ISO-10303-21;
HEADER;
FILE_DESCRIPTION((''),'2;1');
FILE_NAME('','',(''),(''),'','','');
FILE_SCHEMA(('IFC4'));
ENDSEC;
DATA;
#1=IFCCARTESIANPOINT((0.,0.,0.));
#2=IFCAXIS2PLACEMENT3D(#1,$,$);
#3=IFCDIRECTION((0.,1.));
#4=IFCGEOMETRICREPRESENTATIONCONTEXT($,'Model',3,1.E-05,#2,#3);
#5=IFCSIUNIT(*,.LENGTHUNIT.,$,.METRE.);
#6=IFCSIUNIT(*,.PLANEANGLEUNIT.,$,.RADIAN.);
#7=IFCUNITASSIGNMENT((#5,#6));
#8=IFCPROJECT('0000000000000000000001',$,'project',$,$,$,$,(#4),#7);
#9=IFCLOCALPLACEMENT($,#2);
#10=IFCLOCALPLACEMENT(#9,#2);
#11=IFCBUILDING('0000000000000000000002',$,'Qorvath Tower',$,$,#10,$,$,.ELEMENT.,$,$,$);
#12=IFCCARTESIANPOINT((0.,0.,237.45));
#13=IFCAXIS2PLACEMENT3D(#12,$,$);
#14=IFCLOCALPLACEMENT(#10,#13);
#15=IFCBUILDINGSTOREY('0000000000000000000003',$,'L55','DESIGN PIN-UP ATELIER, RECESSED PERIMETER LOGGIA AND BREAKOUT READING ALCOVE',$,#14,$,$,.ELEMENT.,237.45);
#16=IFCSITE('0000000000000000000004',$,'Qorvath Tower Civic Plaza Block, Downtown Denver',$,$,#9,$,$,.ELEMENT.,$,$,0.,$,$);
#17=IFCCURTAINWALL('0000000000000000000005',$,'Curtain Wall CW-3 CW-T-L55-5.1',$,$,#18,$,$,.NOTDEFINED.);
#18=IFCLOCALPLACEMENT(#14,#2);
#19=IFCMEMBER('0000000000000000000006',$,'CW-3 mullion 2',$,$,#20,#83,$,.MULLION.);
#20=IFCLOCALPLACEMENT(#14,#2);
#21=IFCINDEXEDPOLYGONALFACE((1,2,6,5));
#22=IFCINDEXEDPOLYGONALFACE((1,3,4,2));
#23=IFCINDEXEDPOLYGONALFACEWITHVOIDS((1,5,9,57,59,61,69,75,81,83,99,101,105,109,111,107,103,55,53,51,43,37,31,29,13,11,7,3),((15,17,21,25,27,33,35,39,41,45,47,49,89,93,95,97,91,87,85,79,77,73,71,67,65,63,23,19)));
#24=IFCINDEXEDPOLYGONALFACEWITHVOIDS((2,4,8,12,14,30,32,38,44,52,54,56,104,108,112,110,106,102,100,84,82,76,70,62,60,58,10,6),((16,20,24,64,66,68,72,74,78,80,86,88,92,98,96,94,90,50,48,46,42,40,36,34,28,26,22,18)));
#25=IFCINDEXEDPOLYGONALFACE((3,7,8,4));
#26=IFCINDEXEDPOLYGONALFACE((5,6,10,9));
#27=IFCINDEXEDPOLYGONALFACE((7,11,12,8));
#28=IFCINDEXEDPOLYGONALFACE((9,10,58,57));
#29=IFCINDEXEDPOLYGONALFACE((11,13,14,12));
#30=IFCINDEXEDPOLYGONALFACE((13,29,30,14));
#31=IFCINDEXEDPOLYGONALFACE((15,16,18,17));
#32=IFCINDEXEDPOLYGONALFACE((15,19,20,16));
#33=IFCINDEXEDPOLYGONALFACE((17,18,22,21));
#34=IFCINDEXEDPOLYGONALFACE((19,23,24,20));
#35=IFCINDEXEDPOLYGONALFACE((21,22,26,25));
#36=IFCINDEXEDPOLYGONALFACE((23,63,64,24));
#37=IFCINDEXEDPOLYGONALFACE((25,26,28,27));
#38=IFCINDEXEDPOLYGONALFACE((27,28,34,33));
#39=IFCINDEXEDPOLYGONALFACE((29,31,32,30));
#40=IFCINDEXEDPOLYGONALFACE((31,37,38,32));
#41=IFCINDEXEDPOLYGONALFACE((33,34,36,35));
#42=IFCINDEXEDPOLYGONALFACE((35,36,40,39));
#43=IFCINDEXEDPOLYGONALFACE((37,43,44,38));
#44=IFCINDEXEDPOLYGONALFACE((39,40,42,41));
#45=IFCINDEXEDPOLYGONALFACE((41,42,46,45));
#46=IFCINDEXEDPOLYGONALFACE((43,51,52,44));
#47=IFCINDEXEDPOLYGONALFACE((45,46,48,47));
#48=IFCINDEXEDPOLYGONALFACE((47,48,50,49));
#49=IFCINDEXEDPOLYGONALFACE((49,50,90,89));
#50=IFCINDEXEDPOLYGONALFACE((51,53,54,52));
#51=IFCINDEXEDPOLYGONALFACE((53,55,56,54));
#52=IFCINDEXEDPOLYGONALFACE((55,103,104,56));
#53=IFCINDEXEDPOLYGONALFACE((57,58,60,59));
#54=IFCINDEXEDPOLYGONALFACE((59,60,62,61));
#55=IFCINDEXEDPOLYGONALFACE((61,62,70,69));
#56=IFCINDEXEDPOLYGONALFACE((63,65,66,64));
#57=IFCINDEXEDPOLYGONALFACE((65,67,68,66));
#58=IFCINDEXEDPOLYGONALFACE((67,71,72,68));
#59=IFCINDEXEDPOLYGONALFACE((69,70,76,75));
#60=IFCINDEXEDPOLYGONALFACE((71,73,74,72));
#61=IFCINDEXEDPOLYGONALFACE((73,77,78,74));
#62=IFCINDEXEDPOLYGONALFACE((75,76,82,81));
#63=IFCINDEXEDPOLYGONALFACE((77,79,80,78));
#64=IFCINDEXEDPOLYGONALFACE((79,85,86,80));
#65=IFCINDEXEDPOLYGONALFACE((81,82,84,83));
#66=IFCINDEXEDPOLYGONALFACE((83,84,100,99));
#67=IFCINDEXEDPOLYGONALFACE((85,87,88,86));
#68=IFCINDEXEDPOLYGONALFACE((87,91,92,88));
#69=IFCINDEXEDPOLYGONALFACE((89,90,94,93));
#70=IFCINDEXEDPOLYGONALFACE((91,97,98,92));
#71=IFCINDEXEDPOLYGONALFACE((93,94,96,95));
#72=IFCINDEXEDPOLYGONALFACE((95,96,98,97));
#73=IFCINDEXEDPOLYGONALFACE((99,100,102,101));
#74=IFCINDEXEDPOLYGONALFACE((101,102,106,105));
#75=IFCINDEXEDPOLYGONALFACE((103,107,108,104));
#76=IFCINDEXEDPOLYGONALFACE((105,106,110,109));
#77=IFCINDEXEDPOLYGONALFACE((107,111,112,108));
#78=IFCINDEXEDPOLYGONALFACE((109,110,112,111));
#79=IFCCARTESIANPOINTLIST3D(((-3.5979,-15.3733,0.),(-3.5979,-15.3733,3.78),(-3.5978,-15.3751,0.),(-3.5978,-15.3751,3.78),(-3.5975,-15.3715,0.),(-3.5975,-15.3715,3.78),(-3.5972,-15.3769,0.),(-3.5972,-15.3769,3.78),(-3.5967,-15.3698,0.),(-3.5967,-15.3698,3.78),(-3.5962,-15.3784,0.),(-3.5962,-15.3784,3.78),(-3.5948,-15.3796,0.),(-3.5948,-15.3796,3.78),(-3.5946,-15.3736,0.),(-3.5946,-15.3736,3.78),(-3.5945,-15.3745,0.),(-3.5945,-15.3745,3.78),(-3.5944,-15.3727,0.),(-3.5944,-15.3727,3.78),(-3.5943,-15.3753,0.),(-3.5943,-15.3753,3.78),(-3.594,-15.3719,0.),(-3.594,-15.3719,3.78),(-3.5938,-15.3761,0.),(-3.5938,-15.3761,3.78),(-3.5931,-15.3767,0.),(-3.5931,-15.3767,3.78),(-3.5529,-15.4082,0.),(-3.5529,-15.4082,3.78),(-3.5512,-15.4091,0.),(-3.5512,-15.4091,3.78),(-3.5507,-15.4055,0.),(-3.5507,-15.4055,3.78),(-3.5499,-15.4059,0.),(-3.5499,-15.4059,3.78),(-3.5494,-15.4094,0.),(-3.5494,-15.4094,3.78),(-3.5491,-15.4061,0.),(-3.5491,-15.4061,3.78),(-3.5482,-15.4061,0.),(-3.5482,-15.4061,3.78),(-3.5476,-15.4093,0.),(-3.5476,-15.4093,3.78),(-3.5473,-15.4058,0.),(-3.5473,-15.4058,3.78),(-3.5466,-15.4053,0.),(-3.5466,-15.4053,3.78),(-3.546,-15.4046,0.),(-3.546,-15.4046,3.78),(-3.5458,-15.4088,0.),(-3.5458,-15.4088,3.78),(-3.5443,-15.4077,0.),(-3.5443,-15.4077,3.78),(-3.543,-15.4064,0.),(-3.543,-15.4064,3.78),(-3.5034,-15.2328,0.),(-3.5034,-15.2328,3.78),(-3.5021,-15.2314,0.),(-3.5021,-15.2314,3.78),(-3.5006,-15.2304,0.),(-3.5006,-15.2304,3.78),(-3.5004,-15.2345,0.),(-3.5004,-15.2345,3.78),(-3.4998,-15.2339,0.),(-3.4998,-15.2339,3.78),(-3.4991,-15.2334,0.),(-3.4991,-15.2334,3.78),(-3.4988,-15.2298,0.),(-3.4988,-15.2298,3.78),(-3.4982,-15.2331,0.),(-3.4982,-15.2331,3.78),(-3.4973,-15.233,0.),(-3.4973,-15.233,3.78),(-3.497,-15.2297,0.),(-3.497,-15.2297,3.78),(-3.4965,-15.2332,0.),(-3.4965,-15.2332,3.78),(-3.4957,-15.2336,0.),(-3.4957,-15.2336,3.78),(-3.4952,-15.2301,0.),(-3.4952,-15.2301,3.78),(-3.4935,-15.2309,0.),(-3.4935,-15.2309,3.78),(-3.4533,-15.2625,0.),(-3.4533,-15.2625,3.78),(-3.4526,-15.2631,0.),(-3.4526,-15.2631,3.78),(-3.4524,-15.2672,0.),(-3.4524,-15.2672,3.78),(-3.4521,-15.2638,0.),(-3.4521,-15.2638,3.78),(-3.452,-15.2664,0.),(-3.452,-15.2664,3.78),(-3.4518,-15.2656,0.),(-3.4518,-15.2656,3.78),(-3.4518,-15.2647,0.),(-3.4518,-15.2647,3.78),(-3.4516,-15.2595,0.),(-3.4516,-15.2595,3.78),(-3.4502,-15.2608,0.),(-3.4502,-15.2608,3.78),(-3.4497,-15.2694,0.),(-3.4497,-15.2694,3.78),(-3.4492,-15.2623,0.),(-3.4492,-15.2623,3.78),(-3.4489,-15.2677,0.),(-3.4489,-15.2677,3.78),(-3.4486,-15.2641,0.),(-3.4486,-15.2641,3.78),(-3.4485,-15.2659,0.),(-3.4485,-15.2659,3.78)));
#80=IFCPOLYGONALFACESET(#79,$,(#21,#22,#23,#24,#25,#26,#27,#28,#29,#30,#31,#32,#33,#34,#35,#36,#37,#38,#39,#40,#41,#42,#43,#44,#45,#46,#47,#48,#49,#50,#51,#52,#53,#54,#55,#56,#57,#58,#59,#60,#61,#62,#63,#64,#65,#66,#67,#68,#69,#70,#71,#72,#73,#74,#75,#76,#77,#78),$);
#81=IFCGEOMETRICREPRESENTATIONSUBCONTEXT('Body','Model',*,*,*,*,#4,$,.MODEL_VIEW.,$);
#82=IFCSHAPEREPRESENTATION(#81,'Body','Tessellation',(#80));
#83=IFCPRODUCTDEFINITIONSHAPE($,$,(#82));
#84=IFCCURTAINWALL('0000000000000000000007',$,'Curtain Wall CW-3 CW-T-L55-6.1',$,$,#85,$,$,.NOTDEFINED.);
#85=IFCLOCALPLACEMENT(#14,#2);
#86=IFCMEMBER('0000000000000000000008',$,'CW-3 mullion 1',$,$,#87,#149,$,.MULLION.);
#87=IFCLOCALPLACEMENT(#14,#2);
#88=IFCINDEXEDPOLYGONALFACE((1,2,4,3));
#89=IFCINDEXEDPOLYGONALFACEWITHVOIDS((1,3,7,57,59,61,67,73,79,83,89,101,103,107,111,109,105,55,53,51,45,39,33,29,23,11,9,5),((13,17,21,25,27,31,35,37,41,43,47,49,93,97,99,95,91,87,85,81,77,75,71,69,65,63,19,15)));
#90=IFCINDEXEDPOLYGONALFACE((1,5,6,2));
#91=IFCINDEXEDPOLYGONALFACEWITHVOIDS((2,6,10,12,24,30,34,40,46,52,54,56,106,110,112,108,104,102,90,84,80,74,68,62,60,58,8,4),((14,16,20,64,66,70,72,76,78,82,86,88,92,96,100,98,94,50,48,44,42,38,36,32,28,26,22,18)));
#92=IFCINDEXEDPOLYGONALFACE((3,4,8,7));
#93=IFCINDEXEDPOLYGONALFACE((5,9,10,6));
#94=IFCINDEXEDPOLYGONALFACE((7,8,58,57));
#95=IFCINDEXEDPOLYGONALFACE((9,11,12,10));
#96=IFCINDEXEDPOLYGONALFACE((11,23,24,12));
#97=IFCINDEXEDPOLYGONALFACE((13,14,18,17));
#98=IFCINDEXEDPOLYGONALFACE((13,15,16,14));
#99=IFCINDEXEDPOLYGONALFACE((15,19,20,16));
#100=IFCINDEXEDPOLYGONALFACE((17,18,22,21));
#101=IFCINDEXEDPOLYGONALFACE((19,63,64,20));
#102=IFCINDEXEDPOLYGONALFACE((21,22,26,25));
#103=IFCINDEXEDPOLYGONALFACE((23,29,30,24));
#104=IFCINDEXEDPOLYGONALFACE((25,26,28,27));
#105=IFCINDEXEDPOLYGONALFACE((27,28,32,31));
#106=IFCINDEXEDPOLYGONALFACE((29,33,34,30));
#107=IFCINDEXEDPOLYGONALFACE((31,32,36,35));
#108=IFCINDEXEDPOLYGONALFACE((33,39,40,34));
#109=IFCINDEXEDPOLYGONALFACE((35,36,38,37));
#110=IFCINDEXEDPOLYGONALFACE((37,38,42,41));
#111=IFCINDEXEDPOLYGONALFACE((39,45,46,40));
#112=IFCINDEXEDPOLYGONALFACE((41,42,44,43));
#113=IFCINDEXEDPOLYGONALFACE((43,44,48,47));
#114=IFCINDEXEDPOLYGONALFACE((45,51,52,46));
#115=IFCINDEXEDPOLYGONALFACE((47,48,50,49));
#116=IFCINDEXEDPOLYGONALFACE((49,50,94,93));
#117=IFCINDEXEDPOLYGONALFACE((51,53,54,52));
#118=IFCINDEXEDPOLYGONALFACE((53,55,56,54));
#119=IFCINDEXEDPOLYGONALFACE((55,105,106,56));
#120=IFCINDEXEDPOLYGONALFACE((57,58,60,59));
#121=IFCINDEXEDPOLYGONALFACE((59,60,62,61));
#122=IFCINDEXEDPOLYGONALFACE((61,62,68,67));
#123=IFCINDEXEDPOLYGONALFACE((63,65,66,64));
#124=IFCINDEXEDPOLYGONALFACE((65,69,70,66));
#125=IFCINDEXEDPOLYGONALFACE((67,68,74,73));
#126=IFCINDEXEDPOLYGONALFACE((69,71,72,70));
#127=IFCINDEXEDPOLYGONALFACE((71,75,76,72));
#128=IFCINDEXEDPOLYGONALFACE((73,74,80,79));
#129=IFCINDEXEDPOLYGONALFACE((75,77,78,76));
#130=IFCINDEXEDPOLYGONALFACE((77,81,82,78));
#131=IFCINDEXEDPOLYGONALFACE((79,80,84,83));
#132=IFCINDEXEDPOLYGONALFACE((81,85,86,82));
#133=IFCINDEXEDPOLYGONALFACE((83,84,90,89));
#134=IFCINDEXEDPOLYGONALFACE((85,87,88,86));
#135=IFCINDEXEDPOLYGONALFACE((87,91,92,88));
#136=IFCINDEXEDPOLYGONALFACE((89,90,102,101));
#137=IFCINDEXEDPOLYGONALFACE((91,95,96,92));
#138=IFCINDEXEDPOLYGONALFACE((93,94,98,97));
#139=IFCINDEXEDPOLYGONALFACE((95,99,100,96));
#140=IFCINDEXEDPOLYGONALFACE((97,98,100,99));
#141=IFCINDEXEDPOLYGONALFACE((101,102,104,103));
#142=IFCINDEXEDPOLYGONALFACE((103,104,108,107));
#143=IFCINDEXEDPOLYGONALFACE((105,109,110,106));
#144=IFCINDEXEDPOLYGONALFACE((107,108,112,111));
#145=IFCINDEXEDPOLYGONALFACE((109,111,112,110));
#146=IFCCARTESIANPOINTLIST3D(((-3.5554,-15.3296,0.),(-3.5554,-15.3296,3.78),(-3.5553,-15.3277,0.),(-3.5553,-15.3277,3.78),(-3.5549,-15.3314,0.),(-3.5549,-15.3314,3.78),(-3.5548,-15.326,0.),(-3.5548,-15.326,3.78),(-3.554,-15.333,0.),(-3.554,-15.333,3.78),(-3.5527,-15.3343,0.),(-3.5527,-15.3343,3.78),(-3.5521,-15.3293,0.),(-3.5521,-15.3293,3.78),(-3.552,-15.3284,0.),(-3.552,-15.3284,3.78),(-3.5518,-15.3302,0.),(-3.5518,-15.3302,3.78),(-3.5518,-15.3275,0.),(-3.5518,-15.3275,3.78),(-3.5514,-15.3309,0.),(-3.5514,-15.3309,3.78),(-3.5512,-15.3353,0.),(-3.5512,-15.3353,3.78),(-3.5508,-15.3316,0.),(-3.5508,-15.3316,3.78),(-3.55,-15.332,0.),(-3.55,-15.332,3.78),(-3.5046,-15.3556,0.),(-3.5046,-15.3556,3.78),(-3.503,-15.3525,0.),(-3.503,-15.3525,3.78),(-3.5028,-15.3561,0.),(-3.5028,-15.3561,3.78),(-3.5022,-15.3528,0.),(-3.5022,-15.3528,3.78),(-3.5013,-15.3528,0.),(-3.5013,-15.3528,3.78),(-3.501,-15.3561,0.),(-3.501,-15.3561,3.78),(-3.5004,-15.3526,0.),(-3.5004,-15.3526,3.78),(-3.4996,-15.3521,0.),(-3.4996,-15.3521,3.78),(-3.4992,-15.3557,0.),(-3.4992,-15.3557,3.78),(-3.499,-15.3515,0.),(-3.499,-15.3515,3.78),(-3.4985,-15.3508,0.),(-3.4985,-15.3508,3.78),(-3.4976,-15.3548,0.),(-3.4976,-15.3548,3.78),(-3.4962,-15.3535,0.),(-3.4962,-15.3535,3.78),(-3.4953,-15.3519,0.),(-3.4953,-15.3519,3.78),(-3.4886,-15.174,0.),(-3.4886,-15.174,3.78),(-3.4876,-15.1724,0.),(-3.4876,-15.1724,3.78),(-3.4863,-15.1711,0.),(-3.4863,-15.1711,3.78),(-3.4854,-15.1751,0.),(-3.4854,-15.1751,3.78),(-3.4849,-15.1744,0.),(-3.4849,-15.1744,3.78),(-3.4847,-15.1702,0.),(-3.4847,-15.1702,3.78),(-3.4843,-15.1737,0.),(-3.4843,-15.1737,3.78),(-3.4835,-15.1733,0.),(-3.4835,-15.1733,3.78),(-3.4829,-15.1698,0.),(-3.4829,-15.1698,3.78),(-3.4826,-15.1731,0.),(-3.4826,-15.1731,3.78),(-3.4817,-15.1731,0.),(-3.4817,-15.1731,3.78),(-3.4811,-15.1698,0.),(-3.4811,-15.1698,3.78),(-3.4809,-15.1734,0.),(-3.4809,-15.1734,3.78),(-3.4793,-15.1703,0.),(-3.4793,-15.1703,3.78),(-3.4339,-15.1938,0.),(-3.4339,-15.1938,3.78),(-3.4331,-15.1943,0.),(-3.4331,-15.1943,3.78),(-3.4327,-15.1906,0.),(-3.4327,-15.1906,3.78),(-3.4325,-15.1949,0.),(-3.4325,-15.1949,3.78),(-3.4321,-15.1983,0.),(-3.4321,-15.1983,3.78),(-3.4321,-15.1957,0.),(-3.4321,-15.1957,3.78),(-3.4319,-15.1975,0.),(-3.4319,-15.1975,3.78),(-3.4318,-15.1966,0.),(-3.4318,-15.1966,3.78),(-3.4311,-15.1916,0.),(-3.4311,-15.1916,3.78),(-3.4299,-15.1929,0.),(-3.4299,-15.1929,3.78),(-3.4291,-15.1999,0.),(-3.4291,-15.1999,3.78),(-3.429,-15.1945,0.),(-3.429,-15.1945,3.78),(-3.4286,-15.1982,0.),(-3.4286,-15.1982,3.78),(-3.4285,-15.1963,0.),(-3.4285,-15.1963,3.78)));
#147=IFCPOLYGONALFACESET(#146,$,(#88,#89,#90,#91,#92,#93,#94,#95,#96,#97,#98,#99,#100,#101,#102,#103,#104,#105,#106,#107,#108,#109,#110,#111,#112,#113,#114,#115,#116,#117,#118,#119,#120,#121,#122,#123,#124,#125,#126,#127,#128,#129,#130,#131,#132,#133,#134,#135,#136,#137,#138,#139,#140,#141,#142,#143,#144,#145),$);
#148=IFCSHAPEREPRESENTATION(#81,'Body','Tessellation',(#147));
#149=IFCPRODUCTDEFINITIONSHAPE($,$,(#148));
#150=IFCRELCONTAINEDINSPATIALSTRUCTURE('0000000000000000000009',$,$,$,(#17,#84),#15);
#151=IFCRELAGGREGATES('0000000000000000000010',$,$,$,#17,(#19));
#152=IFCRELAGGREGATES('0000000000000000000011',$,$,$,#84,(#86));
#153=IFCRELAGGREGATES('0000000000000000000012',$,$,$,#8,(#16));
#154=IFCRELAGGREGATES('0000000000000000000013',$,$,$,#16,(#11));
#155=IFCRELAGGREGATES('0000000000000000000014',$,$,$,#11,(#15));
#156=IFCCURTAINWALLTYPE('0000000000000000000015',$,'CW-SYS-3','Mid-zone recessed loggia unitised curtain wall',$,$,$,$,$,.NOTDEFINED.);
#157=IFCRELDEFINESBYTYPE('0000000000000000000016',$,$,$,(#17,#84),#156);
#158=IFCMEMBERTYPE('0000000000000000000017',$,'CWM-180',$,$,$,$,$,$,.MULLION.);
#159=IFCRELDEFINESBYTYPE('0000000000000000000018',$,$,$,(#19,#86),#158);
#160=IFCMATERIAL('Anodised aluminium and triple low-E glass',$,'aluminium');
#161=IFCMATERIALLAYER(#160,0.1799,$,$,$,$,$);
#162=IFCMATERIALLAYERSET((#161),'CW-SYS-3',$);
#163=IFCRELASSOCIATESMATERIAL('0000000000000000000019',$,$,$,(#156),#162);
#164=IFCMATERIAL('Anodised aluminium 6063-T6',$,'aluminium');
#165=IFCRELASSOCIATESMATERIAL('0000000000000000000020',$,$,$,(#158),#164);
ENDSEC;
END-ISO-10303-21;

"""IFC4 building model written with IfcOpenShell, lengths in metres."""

from ifc_helpers import new_model, si_unit, direction, frame, origin, origin_2d, place, context, subcontext, project, spatial, hollow_rectangle, extrude, material, layer, layer_set, material_profile, profile_set, type_object, element, aggregate, save


model = new_model("IFC4")

# Units and contexts
model_context = context("Model", 3, precision=1e-05, world=origin(), true_north=direction((0.0, 1.0)))
body_context = subcontext(model_context, "Body", "Model", "MODEL_VIEW")
ifc_project = project(units=[si_unit("LENGTHUNIT", "METRE"), si_unit("PLANEANGLEUNIT", "RADIAN")], contexts=[model_context])

# Site, building, storey
site_placement = place(None, origin())
site = spatial("IfcSite", under=ifc_project, at=site_placement, Name="Qorvath Tower Civic Plaza Block, Downtown Denver", CompositionType="ELEMENT", RefElevation=0.0)
building_placement = place(site_placement, origin())
building = spatial("IfcBuilding", under=site, at=building_placement, Name="Qorvath Tower", CompositionType="ELEMENT")
storey_placement = place(building_placement, frame((0.0, 0.0, 237.45)))
storey = spatial("IfcBuildingStorey", under=building, at=storey_placement, Name="L55", Description="DESIGN PIN-UP ATELIER, RECESSED PERIMETER LOGGIA AND BREAKOUT READING ALCOVE", CompositionType="ELEMENT", Elevation=237.45)

# Shared definitions
ifc_material_1 = material(Name="Anodised aluminium and triple low-E glass", Category="aluminium")
ifc_layer_1 = layer(ifc_material_1, 0.1799)
ifc_layer_set_1 = layer_set([ifc_layer_1], Name="CW-SYS-3")
curtain_wall_type = type_object("IfcCurtainWallType", Name="CW-SYS-3", Description="Mid-zone recessed loggia unitised curtain wall", PredefinedType="NOTDEFINED", material=ifc_layer_set_1)
ifc_material_2 = material(Name="Anodised aluminium 6063-T6", Category="aluminium")
ifc_material_profile_1 = material_profile(ifc_material_2, hollow_rectangle(XDim=0.0649, YDim=0.1799, WallThickness=0.0034, InnerFilletRadius=0.0034, OuterFilletRadius=0.0071, at=origin_2d()), Name="CWM 180x65")
ifc_profile_set_1 = profile_set([ifc_material_profile_1], Name="Anodised aluminium 6063-T6")
member_type_1 = type_object("IfcMemberType", Name="CWM-180", PredefinedType="MULLION", material=ifc_profile_set_1)

# Curtain wall, member
curtain_wall_1_placement = place(storey_placement, origin())
curtain_wall_1 = element("IfcCurtainWall", 1, at=curtain_wall_1_placement, inside=storey, type_object=curtain_wall_type, Name="Curtain Wall CW-3 CW-T-L55-5.1", PredefinedType="NOTDEFINED")
member_1_placement = place(storey_placement, frame((-3.5232, -15.3196, 0.0), z_axis=(0.0, 0.0, 1.0), x_axis=(-0.826474, 0.562975, 0.0)))
member_1 = element("IfcMember", 2, at=member_1_placement, type_object=member_type_1, Name="CW-3 mullion 2", PredefinedType="MULLION", context=body_context, shape_type="SweptSolid", body=[
    extrude(hollow_rectangle(XDim=0.0649, YDim=0.1799, WallThickness=0.0034, InnerFilletRadius=0.0034, OuterFilletRadius=0.0071, at=origin_2d()), origin(), (0.0, 0.0, 1.0), 3.78),
])

# Curtain wall, member
curtain_wall_2_placement = place(storey_placement, origin())
curtain_wall_2 = element("IfcCurtainWall", 3, at=curtain_wall_2_placement, inside=storey, type_object=curtain_wall_type, Name="Curtain Wall CW-3 CW-T-L55-6.1", PredefinedType="NOTDEFINED")
member_2_placement = place(storey_placement, frame((-3.4919, -15.2629, 0.0), z_axis=(0.0, 0.0, 1.0), x_axis=(-0.916729, 0.399511, 0.0)))
member_2 = element("IfcMember", 4, at=member_2_placement, type_object=member_type_1, Name="CW-3 mullion 1", PredefinedType="MULLION", context=body_context, shape_type="SweptSolid", body=[
    extrude(hollow_rectangle(XDim=0.0649, YDim=0.1799, WallThickness=0.0034, InnerFilletRadius=0.0034, OuterFilletRadius=0.0071, at=origin_2d()), origin(), (0.0, 0.0, 1.0), 3.78),
])

aggregate(curtain_wall_1, [member_1])
aggregate(curtain_wall_2, [member_2])

save(model, "model.ifc")
